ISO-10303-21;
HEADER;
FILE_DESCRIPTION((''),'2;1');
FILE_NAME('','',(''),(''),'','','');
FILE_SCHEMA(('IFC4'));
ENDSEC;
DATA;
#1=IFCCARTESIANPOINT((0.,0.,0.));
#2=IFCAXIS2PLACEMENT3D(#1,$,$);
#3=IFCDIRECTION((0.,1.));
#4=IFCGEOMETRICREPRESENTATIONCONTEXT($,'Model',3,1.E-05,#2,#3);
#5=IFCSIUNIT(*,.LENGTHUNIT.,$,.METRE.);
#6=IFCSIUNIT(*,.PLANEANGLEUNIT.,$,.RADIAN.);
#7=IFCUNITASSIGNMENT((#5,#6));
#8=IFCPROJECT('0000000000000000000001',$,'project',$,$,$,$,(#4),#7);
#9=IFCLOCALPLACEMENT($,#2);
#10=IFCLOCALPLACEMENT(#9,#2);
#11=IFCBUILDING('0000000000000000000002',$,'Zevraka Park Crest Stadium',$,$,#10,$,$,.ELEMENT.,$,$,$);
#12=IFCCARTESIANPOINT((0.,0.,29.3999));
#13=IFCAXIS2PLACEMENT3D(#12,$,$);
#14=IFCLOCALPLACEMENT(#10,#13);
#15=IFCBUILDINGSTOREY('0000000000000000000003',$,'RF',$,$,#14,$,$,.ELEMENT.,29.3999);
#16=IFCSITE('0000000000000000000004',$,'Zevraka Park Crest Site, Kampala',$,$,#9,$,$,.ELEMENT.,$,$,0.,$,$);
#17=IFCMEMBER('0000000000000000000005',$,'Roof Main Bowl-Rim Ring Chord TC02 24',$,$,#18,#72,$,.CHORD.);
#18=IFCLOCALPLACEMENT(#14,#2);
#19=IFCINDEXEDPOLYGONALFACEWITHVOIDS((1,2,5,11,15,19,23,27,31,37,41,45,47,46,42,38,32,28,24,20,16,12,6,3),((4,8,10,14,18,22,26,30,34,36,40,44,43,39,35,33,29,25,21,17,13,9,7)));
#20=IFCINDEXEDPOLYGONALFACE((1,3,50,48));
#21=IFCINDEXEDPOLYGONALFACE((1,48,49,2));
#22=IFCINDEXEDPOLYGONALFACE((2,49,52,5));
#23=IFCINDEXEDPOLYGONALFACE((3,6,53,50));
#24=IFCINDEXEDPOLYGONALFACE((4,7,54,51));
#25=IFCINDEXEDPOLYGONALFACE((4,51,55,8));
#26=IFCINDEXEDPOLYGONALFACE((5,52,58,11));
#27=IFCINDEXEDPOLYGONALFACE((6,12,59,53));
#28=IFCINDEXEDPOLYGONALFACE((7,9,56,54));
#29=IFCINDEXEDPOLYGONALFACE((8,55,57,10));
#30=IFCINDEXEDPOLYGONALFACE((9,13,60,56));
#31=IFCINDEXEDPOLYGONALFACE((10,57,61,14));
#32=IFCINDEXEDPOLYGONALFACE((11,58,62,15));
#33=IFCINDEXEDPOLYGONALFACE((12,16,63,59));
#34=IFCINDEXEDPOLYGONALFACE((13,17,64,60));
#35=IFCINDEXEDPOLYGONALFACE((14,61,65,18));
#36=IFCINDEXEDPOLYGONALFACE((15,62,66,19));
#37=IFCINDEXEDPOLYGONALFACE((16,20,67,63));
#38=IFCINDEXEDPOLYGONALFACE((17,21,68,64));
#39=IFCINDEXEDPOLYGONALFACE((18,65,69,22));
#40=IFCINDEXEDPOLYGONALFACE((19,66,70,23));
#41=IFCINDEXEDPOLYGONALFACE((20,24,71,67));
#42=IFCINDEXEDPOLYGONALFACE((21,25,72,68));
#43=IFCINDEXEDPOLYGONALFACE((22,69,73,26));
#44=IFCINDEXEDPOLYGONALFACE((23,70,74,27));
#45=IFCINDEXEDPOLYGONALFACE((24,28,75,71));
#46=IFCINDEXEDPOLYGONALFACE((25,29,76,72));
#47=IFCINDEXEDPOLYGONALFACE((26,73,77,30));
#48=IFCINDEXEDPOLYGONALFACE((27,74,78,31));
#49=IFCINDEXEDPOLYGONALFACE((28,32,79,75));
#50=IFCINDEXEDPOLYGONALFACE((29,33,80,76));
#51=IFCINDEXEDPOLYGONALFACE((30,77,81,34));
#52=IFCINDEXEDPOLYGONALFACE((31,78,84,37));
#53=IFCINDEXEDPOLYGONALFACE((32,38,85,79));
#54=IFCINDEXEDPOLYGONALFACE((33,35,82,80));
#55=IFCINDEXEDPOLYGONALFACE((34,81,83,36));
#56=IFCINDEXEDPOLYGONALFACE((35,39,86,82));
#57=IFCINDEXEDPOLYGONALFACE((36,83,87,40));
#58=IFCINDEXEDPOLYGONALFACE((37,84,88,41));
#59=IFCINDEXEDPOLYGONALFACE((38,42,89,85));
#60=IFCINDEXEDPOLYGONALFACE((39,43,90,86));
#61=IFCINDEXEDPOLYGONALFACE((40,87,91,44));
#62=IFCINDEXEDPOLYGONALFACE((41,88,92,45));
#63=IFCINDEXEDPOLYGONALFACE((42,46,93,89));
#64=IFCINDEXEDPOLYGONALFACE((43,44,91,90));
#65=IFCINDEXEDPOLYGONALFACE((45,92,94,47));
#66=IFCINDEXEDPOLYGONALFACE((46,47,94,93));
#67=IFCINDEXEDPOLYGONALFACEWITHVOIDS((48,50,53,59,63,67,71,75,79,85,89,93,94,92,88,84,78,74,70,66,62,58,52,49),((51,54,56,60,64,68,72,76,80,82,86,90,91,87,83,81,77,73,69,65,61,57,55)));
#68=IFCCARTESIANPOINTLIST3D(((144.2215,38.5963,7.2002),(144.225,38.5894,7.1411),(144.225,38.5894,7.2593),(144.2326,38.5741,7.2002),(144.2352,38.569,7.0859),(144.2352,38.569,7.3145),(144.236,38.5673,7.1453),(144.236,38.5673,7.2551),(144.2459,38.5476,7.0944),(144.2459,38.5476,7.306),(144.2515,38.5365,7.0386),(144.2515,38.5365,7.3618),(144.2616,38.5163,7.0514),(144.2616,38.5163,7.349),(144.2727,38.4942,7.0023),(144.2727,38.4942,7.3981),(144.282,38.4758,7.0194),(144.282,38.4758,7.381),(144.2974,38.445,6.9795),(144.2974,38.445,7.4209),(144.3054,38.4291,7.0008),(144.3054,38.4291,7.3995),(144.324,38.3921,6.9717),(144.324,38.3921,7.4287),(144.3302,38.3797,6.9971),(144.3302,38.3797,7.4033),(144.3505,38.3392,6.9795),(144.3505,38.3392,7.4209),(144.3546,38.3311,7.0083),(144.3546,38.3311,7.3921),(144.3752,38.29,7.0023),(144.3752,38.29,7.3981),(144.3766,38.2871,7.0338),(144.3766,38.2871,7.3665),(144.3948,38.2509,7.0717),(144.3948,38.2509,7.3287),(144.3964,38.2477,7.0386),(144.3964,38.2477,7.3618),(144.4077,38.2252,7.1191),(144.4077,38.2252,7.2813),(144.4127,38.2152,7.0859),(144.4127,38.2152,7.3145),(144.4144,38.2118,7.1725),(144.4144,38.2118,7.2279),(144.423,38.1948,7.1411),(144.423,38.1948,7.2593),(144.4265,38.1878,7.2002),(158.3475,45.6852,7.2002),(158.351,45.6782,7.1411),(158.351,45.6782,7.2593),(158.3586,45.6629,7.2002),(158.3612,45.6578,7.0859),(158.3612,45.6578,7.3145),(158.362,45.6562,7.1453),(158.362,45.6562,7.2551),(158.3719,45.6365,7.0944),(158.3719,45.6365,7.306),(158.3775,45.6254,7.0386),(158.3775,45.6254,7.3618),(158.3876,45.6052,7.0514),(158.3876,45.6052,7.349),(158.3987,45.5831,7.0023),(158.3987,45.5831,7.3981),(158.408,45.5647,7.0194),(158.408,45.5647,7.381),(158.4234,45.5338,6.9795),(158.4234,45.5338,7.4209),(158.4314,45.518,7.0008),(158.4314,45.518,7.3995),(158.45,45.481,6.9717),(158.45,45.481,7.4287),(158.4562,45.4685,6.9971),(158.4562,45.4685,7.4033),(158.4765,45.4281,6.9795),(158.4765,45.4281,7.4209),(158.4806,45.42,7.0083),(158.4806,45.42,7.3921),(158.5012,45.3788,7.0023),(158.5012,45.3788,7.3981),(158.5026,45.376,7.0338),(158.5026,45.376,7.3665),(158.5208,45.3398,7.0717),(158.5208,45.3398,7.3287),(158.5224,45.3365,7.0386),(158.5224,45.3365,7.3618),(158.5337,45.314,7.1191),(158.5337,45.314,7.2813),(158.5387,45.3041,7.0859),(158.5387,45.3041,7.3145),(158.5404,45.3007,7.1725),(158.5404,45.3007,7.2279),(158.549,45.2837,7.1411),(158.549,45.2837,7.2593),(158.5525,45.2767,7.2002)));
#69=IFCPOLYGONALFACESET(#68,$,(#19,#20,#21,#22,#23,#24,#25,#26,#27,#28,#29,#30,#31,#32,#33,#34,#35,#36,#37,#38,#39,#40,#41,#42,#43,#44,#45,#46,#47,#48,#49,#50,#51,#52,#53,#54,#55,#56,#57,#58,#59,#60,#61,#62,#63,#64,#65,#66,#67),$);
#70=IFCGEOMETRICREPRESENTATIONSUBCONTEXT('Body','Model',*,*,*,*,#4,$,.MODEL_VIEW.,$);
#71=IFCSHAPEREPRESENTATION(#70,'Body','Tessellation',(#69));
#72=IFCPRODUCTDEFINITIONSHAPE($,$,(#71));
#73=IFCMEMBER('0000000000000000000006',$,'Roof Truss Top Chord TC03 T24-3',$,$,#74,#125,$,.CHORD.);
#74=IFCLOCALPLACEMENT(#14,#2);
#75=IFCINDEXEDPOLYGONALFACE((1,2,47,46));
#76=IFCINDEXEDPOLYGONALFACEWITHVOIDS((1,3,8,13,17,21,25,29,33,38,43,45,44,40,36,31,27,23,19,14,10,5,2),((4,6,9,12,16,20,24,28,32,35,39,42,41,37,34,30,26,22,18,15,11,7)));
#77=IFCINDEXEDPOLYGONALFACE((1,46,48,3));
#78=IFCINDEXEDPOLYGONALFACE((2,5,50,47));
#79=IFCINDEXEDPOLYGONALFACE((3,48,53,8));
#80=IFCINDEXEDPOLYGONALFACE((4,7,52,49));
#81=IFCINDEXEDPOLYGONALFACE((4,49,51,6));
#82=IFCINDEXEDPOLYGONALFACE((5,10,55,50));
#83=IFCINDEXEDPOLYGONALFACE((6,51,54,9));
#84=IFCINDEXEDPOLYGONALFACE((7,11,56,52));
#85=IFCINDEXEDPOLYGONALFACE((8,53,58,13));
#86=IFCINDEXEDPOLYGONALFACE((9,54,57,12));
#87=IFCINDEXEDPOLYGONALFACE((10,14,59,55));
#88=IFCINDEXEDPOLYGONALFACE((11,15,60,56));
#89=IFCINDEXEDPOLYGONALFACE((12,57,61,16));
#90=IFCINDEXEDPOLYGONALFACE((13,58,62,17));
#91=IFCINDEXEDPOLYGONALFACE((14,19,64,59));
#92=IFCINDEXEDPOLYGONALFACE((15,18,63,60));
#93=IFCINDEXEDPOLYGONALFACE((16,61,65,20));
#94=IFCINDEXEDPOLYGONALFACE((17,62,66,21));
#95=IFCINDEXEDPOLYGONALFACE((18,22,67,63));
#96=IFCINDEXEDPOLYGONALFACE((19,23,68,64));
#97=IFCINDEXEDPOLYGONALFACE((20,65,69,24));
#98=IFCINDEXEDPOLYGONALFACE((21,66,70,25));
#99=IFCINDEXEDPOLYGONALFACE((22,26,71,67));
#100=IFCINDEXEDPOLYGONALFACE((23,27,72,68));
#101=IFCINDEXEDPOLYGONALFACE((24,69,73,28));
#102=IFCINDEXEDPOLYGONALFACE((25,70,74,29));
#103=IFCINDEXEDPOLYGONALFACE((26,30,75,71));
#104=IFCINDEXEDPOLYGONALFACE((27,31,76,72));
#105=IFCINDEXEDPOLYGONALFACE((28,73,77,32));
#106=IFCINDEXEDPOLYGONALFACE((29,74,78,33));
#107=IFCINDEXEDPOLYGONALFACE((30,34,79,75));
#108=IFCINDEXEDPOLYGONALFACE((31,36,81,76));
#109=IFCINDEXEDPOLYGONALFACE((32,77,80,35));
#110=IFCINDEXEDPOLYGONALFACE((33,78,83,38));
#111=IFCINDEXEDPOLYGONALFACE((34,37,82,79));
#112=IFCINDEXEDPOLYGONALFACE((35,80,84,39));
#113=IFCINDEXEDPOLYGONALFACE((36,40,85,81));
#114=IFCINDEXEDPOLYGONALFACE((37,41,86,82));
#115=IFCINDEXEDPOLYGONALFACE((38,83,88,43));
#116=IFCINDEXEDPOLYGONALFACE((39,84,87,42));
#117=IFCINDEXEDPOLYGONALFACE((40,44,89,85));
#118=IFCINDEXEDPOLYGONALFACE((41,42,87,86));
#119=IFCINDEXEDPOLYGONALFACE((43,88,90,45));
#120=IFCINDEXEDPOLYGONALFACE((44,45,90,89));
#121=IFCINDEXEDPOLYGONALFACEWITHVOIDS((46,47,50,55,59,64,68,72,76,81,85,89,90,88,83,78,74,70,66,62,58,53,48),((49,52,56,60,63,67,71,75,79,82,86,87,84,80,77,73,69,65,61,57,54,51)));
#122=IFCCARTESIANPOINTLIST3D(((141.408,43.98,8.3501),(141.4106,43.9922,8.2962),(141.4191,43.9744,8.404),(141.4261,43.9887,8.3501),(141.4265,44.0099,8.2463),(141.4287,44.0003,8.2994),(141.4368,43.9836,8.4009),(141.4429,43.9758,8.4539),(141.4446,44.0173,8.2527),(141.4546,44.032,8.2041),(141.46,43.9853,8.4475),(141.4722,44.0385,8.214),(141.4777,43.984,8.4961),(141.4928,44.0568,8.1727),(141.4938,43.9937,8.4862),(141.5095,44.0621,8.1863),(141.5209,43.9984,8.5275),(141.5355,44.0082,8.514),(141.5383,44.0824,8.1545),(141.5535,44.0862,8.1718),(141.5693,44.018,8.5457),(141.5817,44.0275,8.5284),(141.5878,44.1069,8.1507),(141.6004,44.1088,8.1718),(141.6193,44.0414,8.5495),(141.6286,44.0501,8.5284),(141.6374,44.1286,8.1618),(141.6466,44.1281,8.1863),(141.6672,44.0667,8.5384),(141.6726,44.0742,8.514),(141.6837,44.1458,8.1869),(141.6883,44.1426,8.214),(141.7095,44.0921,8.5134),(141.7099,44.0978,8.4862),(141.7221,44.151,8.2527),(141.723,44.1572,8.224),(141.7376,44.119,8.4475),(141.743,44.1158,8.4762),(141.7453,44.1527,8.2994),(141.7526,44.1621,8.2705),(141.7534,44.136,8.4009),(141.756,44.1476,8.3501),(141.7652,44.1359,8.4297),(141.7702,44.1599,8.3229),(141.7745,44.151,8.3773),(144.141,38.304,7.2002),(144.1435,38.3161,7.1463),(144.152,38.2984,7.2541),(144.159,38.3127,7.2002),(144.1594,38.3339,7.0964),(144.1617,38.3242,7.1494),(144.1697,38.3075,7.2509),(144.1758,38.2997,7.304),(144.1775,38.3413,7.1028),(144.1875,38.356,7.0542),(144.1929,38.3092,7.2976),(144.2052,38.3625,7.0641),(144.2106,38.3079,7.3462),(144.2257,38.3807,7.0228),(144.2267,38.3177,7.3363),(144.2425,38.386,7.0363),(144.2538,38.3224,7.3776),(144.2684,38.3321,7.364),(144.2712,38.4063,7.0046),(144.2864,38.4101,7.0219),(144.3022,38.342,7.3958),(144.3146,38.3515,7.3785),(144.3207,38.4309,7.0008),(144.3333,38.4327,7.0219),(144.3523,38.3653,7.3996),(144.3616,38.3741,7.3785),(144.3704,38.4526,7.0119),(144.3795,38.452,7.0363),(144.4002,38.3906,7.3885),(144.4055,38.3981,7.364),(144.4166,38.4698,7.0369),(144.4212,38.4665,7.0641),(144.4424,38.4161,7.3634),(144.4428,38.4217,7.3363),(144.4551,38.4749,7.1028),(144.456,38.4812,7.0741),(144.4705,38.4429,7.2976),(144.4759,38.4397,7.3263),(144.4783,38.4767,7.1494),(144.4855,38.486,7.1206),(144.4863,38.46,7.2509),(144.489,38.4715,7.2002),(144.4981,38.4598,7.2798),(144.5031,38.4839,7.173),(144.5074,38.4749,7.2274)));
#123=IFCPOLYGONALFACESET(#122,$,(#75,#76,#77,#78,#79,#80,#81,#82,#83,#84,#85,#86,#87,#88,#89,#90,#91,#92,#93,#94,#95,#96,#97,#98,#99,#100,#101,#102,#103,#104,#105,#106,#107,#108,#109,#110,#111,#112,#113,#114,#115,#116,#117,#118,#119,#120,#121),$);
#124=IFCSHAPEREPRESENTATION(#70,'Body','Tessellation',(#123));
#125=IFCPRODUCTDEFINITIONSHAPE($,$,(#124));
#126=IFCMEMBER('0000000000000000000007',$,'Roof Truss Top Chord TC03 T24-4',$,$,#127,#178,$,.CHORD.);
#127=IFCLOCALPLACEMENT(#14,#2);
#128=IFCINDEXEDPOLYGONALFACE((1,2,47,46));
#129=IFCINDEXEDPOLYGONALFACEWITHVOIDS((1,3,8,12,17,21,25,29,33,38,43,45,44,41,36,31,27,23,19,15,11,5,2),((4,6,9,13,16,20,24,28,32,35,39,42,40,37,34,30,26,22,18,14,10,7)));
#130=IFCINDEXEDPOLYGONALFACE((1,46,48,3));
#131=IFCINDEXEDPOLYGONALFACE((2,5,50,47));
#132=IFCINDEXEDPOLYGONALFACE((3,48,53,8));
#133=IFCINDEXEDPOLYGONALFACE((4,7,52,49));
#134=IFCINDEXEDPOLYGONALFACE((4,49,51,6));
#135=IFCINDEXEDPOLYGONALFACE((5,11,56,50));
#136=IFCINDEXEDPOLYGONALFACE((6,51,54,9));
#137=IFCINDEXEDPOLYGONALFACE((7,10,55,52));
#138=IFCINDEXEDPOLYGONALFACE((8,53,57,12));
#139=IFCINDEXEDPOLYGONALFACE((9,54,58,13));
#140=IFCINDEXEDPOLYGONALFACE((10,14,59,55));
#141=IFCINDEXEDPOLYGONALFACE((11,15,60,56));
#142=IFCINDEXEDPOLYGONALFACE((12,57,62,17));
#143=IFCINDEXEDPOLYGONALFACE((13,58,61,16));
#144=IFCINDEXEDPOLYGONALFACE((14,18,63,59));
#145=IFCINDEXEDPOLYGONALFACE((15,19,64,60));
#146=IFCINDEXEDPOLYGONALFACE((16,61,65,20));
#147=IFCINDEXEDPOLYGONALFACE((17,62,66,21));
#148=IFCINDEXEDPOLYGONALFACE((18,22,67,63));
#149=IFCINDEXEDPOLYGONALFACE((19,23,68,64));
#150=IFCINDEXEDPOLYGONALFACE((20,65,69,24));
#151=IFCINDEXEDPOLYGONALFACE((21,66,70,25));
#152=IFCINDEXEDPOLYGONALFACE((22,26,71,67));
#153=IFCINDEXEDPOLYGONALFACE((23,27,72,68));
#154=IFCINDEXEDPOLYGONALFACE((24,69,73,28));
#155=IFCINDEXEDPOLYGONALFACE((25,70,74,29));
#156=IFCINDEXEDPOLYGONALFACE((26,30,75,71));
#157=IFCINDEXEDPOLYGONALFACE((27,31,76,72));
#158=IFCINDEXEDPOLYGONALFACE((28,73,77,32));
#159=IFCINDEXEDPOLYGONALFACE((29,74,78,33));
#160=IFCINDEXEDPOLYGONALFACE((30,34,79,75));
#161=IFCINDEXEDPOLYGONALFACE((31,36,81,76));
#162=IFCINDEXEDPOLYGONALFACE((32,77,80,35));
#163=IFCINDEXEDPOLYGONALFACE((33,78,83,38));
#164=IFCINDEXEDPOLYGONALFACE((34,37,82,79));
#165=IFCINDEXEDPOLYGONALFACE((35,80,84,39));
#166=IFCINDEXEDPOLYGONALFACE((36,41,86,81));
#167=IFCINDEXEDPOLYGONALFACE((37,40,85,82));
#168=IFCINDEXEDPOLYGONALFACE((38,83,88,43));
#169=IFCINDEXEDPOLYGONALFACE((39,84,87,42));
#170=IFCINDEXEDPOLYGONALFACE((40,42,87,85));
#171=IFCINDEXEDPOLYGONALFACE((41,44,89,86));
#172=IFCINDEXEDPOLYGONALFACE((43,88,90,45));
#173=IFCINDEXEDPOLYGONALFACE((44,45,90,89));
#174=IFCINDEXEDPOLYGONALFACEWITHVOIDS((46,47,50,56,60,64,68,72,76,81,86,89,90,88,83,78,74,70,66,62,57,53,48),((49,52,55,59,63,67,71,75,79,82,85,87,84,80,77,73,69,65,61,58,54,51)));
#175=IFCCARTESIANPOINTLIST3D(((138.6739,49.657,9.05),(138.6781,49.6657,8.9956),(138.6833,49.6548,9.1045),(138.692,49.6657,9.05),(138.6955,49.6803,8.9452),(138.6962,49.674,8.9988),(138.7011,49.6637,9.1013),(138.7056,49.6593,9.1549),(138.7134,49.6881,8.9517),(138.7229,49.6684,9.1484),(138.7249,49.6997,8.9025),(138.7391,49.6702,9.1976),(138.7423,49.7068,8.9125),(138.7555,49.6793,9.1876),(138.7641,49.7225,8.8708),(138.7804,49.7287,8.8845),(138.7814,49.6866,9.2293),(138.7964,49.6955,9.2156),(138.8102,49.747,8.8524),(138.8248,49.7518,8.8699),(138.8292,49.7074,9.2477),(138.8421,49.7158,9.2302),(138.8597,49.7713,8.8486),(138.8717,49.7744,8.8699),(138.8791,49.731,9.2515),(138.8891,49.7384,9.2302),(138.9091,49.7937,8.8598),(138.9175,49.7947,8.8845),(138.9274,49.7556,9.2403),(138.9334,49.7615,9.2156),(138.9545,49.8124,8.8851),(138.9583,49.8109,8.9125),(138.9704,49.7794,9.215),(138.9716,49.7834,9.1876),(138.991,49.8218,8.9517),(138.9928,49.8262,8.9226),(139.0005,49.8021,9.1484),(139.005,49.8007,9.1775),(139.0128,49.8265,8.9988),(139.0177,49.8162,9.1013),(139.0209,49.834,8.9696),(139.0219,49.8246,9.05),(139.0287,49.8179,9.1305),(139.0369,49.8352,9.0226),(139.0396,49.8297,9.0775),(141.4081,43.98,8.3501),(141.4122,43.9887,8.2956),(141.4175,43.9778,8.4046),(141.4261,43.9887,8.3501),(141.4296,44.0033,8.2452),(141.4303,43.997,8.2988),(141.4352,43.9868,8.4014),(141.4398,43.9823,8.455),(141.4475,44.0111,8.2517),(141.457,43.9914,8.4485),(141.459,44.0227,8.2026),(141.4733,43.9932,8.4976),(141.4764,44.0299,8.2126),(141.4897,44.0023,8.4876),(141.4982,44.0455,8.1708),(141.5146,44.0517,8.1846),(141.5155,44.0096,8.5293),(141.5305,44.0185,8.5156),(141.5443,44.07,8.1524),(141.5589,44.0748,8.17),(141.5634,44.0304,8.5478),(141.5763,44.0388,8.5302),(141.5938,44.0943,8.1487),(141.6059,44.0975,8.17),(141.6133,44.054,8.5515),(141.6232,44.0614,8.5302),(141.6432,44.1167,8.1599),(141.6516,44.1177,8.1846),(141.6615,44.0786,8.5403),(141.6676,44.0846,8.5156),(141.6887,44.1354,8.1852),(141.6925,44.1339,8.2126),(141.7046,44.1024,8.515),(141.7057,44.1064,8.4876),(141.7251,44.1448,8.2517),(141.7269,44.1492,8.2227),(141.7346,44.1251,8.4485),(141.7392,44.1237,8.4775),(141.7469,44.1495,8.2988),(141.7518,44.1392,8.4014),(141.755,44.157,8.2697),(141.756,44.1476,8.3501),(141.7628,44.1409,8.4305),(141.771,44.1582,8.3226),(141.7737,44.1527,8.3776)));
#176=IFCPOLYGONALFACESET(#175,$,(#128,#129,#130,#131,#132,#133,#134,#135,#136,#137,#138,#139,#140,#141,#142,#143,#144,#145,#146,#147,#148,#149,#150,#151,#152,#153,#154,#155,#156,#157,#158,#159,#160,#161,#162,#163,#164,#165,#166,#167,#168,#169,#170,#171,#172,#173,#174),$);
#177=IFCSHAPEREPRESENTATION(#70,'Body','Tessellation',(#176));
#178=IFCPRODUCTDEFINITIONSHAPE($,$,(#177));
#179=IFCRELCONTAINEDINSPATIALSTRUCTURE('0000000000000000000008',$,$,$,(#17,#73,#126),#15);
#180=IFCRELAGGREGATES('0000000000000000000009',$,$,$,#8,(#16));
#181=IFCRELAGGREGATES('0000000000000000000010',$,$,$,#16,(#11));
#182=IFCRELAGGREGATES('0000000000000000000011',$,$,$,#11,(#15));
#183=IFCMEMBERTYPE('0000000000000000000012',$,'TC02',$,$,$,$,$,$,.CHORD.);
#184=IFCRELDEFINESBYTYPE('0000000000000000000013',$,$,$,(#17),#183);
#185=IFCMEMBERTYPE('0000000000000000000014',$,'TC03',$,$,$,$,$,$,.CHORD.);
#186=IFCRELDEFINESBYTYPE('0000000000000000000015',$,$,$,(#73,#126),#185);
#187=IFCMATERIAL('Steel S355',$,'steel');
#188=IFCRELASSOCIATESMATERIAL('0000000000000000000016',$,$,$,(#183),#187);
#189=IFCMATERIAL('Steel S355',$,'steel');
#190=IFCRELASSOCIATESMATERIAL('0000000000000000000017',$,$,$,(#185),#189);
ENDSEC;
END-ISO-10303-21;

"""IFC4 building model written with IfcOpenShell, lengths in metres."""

from ifc_helpers import new_model, si_unit, direction, frame, origin, origin_2d, place, context, subcontext, project, spatial, hollow_circle, extrude, material, material_profile, profile_set, type_object, element, save


model = new_model("IFC4")

# Units and contexts
model_context = context("Model", 3, precision=1e-05, world=origin(), true_north=direction((0.0, 1.0)))
body_context = subcontext(model_context, "Body", "Model", "MODEL_VIEW")
ifc_project = project(units=[si_unit("LENGTHUNIT", "METRE"), si_unit("PLANEANGLEUNIT", "RADIAN")], contexts=[model_context])

# Site, building, storey
site_placement = place(None, origin())
site = spatial("IfcSite", under=ifc_project, at=site_placement, Name="Zevraka Park Crest Site, Kampala", CompositionType="ELEMENT", RefElevation=0.0)
building_placement = place(site_placement, origin())
building = spatial("IfcBuilding", under=site, at=building_placement, Name="Zevraka Park Crest Stadium", CompositionType="ELEMENT")
storey_placement = place(building_placement, frame((0.0, 0.0, 29.3999)))
storey = spatial("IfcBuildingStorey", under=building, at=storey_placement, Name="RF", CompositionType="ELEMENT", Elevation=29.3999)

# Members
ifc_material_1 = material(Name="Steel S355", Category="steel")
ifc_material_profile_1 = material_profile(ifc_material_1, hollow_circle(Radius=0.2285, WallThickness=0.0249, at=origin_2d()), Name="CHS 457.0x25")
ifc_profile_set_1 = profile_set([ifc_material_profile_1], Name="Steel S355")
member_type_1 = type_object("IfcMemberType", Name="TC02", PredefinedType="CHORD", material=ifc_profile_set_1)
member_1_placement = place(storey_placement, frame((144.324, 38.3921, 7.2002), z_axis=(0.893771, 0.448523, 0.0), x_axis=(-0.448523, 0.893771, 0.0)))
element("IfcMember", 1, at=member_1_placement, inside=storey, type_object=member_type_1, Name="Roof Main Bowl-Rim Ring Chord TC02 24", PredefinedType="CHORD", context=body_context, shape_type="SweptSolid", body=[
    extrude(hollow_circle(Radius=0.2285, WallThickness=0.0249, at=origin_2d()), origin(), (0.0, 0.0, 1.0), 15.8049),
])
ifc_material_2 = material(Name="Steel S355", Category="steel")
ifc_material_profile_2 = material_profile(ifc_material_2, hollow_circle(Radius=0.2031, WallThickness=0.02, at=origin_2d()), Name="CHS 406.4x20")
ifc_profile_set_2 = profile_set([ifc_material_profile_2], Name="Steel S355")
member_type_2 = type_object("IfcMemberType", Name="TC03", PredefinedType="CHORD", material=ifc_profile_set_2)
member_2_placement = place(storey_placement, frame((144.324, 38.3921, 7.2002), z_axis=(-0.426765, 0.886356, 0.179566), x_axis=(-0.901001, -0.433817, 0.0)))
element("IfcMember", 2, at=member_2_placement, inside=storey, type_object=member_type_2, Name="Roof Truss Top Chord TC03 T24-3", PredefinedType="CHORD", context=body_context, shape_type="SweptSolid", body=[
    extrude(hollow_circle(Radius=0.2031, WallThickness=0.02, at=origin_2d()), origin(), (0.0, 0.0, 1.0), 6.4038),
])
member_3_placement = place(storey_placement, frame((141.5911, 44.0681, 8.3501), z_axis=(-0.431261, 0.895447, 0.110405), x_axis=(-0.900955, -0.433913, 0.0)))
element("IfcMember", 3, at=member_3_placement, inside=storey, type_object=member_type_2, Name="Roof Truss Top Chord TC03 T24-4", PredefinedType="CHORD", context=body_context, shape_type="SweptSolid", body=[
    extrude(hollow_circle(Radius=0.2031, WallThickness=0.02, at=origin_2d()), origin(), (0.0, 0.0, 1.0), 6.3398),
])

save(model, "model.ifc")
